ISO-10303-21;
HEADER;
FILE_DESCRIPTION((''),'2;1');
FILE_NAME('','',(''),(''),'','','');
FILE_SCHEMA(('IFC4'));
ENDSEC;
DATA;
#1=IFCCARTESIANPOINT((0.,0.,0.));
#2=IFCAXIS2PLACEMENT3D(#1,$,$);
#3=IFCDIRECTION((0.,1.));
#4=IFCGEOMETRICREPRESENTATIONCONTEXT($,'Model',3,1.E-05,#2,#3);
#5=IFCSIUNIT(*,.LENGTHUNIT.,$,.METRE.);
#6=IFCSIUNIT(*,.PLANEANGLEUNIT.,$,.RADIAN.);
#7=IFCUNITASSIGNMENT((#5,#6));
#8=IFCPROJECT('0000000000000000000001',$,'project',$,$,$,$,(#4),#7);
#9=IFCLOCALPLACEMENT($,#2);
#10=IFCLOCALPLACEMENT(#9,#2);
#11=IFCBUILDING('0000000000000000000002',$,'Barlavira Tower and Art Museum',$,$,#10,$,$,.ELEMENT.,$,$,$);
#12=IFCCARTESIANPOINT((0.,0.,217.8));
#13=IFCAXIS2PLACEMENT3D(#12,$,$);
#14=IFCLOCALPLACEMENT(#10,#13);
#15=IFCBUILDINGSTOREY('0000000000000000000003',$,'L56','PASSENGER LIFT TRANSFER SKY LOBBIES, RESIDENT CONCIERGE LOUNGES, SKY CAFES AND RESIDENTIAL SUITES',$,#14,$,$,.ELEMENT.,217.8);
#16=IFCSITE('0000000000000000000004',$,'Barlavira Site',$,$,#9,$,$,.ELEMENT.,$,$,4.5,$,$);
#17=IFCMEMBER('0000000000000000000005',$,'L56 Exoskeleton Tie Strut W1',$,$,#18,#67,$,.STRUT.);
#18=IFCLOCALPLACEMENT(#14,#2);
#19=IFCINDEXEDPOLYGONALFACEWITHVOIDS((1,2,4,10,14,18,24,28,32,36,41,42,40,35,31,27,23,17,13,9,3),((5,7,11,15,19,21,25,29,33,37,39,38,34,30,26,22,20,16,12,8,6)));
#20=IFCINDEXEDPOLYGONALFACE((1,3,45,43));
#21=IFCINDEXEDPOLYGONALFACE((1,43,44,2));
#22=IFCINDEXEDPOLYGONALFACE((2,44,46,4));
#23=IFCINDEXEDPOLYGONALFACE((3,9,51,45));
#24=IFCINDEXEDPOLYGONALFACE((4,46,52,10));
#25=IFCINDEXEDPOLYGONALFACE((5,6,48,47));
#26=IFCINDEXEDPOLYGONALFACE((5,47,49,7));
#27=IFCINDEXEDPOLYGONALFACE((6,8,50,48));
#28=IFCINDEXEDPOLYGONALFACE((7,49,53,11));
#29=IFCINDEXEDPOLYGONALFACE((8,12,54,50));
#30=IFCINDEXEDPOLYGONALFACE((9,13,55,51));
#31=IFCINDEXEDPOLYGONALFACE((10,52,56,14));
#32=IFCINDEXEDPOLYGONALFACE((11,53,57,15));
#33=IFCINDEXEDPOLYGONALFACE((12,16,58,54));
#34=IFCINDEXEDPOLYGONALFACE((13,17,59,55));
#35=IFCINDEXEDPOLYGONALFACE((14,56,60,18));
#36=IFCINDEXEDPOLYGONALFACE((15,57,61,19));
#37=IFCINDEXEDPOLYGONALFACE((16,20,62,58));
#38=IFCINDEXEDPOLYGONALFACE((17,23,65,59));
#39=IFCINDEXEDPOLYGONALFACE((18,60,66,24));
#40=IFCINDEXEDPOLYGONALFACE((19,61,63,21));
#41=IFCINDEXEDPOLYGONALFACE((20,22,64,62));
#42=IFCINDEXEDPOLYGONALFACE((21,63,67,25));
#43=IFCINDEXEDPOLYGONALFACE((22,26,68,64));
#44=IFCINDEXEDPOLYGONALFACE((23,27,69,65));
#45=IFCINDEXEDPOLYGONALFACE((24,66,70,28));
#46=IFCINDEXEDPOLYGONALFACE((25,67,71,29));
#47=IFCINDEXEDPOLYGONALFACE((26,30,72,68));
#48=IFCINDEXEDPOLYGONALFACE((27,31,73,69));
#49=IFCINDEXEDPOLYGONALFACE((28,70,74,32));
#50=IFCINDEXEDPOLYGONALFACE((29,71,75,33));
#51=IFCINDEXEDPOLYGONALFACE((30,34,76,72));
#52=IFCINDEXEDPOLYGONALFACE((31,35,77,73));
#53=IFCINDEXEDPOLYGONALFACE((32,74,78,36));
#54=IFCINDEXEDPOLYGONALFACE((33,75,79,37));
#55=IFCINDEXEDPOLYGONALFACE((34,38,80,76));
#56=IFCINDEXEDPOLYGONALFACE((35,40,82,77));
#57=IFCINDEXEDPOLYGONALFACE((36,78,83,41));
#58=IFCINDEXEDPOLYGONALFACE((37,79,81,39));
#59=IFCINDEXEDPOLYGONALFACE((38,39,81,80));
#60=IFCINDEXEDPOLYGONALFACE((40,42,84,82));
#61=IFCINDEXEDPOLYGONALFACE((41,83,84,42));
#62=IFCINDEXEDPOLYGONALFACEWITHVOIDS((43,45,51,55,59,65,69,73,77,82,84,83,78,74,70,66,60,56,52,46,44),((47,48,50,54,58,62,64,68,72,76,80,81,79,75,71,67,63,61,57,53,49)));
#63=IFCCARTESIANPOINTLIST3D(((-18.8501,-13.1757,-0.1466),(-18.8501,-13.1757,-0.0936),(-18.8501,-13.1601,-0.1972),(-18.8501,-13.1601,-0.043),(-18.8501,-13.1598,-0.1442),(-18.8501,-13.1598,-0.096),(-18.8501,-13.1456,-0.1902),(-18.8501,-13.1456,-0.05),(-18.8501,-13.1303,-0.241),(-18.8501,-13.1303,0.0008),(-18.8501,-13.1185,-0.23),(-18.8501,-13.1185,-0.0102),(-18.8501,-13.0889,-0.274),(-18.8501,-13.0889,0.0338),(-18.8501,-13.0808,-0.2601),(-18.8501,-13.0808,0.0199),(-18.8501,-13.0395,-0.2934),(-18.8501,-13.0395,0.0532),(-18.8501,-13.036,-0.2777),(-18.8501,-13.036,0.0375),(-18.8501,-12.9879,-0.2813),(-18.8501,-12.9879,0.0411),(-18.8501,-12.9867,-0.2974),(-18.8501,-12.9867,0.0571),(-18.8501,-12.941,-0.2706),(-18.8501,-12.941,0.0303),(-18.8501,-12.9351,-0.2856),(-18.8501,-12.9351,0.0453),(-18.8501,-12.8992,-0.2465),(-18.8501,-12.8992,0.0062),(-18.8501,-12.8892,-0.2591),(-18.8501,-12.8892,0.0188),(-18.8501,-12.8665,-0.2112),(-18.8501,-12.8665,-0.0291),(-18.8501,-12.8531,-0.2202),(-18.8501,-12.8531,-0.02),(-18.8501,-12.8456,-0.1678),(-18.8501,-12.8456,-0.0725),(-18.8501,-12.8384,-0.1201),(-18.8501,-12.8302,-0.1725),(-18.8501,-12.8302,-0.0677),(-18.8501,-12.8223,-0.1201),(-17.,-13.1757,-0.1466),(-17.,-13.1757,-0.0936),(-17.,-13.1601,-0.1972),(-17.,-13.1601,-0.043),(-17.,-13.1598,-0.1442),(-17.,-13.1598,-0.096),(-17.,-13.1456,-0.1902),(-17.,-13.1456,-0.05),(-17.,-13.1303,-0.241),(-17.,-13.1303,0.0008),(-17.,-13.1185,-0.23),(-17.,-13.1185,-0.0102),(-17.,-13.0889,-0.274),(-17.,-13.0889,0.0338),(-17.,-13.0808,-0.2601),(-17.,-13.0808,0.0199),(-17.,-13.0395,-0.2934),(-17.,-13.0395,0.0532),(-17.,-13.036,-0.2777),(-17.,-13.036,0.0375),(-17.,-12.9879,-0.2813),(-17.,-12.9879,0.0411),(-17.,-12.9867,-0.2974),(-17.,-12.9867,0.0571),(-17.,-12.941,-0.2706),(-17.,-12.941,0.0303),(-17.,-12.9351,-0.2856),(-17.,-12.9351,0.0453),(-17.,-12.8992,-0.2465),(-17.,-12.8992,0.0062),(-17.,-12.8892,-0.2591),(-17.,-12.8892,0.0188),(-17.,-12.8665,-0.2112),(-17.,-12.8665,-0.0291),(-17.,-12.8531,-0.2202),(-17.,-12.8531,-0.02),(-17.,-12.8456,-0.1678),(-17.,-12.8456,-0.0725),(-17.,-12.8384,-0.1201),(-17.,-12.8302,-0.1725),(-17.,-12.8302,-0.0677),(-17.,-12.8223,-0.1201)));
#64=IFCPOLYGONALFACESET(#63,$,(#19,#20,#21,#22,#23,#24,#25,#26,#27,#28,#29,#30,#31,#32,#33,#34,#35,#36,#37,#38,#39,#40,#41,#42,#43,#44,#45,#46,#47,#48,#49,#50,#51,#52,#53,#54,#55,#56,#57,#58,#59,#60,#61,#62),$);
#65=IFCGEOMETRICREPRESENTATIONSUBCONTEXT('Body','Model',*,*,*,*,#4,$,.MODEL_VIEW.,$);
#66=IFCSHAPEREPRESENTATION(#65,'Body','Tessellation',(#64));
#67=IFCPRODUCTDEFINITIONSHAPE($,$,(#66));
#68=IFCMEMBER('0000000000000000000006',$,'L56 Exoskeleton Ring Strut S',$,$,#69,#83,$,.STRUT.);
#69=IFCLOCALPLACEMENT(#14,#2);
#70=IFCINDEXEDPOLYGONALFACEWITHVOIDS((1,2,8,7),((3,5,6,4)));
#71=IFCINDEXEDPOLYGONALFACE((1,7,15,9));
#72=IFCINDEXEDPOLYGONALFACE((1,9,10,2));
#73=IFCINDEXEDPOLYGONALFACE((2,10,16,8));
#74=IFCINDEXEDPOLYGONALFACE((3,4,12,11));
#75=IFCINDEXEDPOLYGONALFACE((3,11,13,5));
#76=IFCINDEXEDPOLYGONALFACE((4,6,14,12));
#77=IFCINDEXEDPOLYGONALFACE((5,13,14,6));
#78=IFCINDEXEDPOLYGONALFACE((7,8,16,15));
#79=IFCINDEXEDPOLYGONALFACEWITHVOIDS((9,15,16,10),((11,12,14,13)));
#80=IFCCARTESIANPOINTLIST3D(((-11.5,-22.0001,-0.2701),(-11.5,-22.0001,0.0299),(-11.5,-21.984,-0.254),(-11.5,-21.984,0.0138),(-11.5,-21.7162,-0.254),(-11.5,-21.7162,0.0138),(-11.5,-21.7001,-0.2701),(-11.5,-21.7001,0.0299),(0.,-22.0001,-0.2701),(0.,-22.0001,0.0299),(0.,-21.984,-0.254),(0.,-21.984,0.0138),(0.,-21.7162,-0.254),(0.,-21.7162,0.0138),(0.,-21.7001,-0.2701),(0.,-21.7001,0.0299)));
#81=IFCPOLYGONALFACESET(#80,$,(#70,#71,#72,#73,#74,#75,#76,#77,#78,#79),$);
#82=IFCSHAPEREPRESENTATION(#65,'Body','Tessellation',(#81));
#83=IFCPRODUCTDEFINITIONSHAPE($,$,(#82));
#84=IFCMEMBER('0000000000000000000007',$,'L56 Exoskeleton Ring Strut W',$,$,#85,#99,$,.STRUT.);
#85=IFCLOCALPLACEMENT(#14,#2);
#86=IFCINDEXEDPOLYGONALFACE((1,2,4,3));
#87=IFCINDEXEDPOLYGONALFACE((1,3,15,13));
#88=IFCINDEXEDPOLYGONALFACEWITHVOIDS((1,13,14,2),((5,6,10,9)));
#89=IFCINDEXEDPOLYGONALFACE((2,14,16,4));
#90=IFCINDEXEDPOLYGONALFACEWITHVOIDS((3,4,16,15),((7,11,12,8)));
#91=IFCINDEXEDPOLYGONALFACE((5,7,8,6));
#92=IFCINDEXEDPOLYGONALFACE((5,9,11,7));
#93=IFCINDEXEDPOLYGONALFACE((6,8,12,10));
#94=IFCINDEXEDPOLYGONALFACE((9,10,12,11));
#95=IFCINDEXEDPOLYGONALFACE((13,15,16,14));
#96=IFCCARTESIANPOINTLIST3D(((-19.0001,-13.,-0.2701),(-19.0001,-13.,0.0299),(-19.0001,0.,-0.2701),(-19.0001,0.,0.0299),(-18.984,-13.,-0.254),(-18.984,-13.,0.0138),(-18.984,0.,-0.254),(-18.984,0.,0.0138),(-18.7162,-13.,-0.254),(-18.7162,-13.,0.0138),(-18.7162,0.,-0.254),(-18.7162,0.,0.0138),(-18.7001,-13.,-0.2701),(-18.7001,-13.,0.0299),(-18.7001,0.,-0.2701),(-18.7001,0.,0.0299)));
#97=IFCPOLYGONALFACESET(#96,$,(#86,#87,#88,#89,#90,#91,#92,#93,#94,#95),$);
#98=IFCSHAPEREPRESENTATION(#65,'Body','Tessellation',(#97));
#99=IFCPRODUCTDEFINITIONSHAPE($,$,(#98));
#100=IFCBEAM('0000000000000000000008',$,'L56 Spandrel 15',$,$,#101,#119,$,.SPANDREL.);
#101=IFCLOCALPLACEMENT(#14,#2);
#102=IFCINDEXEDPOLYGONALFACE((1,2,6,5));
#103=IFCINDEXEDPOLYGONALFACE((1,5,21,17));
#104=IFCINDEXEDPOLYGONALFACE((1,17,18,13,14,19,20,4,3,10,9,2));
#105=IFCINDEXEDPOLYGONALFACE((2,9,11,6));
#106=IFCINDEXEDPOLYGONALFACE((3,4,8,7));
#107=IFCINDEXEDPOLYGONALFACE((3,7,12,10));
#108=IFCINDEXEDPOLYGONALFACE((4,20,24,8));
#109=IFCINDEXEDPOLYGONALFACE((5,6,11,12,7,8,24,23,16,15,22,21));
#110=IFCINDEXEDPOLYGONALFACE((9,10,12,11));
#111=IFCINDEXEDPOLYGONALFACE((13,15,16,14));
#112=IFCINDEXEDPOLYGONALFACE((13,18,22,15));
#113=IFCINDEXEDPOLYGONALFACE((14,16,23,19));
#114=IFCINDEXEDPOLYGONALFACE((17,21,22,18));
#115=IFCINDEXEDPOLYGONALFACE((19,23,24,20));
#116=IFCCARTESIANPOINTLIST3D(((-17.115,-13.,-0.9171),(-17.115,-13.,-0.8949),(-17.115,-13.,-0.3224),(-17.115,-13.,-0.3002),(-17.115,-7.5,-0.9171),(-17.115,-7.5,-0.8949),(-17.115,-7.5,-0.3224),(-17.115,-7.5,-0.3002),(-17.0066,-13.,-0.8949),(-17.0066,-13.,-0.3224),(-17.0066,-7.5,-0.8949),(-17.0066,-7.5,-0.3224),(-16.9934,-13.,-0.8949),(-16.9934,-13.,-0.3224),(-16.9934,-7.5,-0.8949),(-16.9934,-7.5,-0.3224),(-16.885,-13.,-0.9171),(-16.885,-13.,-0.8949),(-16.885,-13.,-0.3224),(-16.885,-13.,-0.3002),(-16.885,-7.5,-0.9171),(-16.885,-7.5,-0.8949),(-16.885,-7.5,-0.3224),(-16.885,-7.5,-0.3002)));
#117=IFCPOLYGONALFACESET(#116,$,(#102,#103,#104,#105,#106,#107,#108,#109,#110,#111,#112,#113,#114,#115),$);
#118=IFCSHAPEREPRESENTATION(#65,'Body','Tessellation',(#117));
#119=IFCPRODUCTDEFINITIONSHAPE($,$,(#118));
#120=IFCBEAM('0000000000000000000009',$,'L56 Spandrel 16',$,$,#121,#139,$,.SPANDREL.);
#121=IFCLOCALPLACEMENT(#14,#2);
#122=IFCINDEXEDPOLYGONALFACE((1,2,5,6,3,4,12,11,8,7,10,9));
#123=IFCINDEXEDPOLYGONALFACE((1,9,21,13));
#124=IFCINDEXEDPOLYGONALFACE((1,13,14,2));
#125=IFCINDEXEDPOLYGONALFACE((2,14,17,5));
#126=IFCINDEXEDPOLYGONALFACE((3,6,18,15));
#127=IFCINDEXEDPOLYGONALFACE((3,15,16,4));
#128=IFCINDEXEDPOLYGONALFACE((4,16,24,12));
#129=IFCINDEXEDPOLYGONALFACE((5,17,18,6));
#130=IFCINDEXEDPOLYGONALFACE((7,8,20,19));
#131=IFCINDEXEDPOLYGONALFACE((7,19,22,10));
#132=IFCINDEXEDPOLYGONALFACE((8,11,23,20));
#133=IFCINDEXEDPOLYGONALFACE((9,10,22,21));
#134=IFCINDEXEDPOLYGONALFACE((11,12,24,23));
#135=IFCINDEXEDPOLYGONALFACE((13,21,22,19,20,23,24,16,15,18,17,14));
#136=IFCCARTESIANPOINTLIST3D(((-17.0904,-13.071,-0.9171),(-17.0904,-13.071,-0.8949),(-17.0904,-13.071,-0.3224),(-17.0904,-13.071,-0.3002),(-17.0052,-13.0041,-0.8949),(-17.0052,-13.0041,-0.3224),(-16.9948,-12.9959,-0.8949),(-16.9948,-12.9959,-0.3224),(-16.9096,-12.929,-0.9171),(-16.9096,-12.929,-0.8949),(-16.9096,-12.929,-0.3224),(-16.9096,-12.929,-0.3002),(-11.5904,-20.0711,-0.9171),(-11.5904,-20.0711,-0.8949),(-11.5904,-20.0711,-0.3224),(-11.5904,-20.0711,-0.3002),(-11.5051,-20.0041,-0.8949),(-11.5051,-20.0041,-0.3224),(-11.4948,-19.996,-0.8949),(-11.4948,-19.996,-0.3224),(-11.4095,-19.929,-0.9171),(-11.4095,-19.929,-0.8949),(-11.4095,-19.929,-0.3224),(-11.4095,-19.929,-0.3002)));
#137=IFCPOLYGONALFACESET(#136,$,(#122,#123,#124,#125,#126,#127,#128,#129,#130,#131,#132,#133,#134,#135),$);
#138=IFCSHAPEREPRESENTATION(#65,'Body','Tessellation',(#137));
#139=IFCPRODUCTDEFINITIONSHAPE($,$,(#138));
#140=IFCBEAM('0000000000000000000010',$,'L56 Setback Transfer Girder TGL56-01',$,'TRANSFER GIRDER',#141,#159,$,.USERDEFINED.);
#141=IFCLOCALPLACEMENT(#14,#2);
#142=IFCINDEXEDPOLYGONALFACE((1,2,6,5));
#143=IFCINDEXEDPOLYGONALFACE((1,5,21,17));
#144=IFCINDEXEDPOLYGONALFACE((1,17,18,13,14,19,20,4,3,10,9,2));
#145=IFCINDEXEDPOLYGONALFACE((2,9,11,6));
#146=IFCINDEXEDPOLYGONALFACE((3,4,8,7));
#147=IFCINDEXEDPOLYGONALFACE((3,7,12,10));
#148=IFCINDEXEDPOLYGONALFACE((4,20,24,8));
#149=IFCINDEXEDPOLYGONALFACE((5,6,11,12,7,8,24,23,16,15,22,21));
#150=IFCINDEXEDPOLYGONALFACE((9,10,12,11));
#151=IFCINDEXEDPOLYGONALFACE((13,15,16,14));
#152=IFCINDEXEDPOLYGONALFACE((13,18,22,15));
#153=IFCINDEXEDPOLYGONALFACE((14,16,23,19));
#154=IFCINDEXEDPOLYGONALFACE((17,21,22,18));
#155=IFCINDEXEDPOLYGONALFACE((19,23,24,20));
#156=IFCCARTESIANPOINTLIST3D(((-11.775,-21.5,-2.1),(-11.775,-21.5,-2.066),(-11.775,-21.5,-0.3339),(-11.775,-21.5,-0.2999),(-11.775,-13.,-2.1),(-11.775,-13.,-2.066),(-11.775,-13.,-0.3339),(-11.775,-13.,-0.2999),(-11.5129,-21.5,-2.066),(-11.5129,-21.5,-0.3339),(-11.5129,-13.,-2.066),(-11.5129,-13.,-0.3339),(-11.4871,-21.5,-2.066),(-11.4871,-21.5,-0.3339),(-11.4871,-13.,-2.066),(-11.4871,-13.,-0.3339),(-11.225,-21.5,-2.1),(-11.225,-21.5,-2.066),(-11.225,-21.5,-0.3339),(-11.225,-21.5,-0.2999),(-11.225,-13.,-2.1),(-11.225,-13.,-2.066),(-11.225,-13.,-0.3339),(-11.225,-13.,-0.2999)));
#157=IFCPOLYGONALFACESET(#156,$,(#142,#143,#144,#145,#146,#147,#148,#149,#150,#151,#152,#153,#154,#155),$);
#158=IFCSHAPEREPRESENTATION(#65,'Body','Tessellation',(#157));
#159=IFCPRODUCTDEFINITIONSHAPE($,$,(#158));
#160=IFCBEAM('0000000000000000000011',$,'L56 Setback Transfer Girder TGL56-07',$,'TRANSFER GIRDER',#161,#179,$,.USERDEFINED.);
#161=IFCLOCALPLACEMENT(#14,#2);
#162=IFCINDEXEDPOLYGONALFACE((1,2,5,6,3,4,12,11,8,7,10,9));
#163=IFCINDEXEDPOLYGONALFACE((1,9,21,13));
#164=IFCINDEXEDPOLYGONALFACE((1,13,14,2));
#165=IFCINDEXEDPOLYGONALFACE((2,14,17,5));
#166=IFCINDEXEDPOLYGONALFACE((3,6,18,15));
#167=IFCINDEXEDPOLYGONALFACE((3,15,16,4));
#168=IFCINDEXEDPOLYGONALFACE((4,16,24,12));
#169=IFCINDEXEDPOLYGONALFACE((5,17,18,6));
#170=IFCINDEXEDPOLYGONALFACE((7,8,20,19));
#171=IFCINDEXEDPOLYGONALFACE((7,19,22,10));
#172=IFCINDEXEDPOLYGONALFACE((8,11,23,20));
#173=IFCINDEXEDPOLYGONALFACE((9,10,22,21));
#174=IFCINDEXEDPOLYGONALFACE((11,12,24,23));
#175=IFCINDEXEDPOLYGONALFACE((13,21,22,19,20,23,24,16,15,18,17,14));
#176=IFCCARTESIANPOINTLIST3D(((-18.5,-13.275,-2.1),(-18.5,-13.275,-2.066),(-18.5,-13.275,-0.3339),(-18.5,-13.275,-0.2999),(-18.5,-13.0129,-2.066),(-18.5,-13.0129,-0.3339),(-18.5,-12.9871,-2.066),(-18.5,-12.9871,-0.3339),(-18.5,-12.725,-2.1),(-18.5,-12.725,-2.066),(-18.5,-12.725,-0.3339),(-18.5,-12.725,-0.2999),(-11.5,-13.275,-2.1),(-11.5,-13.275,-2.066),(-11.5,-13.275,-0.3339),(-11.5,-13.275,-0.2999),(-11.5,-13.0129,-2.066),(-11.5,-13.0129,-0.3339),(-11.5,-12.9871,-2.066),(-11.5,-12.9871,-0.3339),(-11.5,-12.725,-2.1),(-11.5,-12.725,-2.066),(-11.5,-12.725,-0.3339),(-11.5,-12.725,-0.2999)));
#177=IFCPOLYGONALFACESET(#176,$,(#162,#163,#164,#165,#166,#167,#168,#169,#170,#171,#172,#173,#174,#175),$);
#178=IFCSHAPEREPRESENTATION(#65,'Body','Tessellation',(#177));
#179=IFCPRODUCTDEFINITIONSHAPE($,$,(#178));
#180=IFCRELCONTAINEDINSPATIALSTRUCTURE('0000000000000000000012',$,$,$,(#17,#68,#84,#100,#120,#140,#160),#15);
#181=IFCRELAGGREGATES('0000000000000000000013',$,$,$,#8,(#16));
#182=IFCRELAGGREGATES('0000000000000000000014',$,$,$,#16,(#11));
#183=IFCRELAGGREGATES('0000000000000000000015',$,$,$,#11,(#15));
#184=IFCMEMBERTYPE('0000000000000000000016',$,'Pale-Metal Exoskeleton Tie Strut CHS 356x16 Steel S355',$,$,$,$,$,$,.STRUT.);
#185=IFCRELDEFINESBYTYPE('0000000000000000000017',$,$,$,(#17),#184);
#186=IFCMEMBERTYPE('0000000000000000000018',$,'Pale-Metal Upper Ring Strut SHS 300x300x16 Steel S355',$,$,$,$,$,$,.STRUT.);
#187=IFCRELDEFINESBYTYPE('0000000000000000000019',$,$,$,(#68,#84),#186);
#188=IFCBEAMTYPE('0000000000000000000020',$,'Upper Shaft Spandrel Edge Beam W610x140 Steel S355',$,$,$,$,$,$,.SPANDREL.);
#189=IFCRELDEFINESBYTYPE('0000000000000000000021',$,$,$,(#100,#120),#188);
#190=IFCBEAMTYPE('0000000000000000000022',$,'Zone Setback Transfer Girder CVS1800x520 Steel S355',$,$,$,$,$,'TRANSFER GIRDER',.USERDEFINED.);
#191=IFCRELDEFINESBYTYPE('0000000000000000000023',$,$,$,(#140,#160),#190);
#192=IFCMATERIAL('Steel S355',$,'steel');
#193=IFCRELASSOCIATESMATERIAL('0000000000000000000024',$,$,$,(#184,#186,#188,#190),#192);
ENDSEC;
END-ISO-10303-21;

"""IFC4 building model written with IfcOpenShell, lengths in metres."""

from ifc_helpers import new_model, si_unit, direction, frame, origin, origin_2d, place, context, subcontext, project, spatial, hollow_rectangle, hollow_circle, i_section, extrude, material, material_profile, profile_set, type_object, element, save


model = new_model("IFC4")

# Units and contexts
model_context = context("Model", 3, precision=1e-05, world=origin(), true_north=direction((0.0, 1.0)))
body_context = subcontext(model_context, "Body", "Model", "MODEL_VIEW")
ifc_project = project(units=[si_unit("LENGTHUNIT", "METRE"), si_unit("PLANEANGLEUNIT", "RADIAN")], contexts=[model_context])

# Site, building, storey
site_placement = place(None, origin())
site = spatial("IfcSite", under=ifc_project, at=site_placement, Name="Barlavira Site", CompositionType="ELEMENT", RefElevation=4.5)
building_placement = place(site_placement, origin())
building = spatial("IfcBuilding", under=site, at=building_placement, Name="Barlavira Tower and Art Museum", CompositionType="ELEMENT")
storey_placement = place(building_placement, frame((0.0, 0.0, 217.8)))
storey = spatial("IfcBuildingStorey", under=building, at=storey_placement, Name="L56", Description="PASSENGER LIFT TRANSFER SKY LOBBIES, RESIDENT CONCIERGE LOUNGES, SKY CAFES AND RESIDENTIAL SUITES", CompositionType="ELEMENT", Elevation=217.8)

# Members
ifc_material_1 = material(Name="Steel S355", Category="steel")
ifc_material_profile_1 = material_profile(ifc_material_1, hollow_circle(Radius=0.1777, WallThickness=0.0161, at=origin_2d()), Name="CHS 355.6x16.0")
ifc_profile_set_1 = profile_set([ifc_material_profile_1], Name="Steel S355")
member_type_1 = type_object("IfcMemberType", Name="Pale-Metal Exoskeleton Tie Strut CHS 356x16 Steel S355", PredefinedType="STRUT", material=ifc_profile_set_1)
for number, where, z_axis, x_axis, name in (
    (1, (-18.8501, -13.0, -0.1201), (1.0, 0.0, 0.0), (0.0, 1.0, 0.0), "L56 Exoskeleton Tie Strut W1"),
):
    element("IfcMember", number, at=place(storey_placement, frame(where, z_axis=z_axis, x_axis=x_axis)), inside=storey, type_object=member_type_1, Name=name, PredefinedType="STRUT", context=body_context, shape_type="SweptSolid", body=[
        extrude(hollow_circle(Radius=0.1777, WallThickness=0.0161, at=origin_2d()), origin(), (0.0, 0.0, 1.0), 1.8501),
    ])
ifc_material_profile_2 = material_profile(ifc_material_1, hollow_rectangle(XDim=0.3, YDim=0.3, WallThickness=0.0161, at=origin_2d()), Name="SHS 300x300x16.0")
ifc_profile_set_2 = profile_set([ifc_material_profile_2], Name="Steel S355")
member_type_2 = type_object("IfcMemberType", Name="Pale-Metal Upper Ring Strut SHS 300x300x16 Steel S355", PredefinedType="STRUT", material=ifc_profile_set_2)
member_1_placement = place(storey_placement, frame((-11.5, -21.8501, -0.1201), z_axis=(1.0, 0.0, 0.0), x_axis=(0.0, 1.0, 0.0)))
element("IfcMember", 2, at=member_1_placement, inside=storey, type_object=member_type_2, Name="L56 Exoskeleton Ring Strut S", PredefinedType="STRUT", context=body_context, shape_type="SweptSolid", body=[
    extrude(hollow_rectangle(XDim=0.3, YDim=0.3, WallThickness=0.0161, at=origin_2d()), origin(), (0.0, 0.0, 1.0), 11.5),
])
member_2_placement = place(storey_placement, frame((-18.8501, -13.0, -0.1201), z_axis=(0.0, 1.0, 0.0), x_axis=(-1.0, 0.0, 0.0)))
element("IfcMember", 3, at=member_2_placement, inside=storey, type_object=member_type_2, Name="L56 Exoskeleton Ring Strut W", PredefinedType="STRUT", context=body_context, shape_type="SweptSolid", body=[
    extrude(hollow_rectangle(XDim=0.3, YDim=0.3, WallThickness=0.0161, at=origin_2d()), origin(), (0.0, 0.0, 1.0), 13.0),
])

# Beams
ifc_material_profile_3 = material_profile(ifc_material_1, i_section(OverallWidth=0.23, OverallDepth=0.6169, WebThickness=0.0132, FlangeThickness=0.0222, at=origin_2d()), Name="W610x140.0")
ifc_profile_set_3 = profile_set([ifc_material_profile_3], Name="Steel S355")
beam_type_1 = type_object("IfcBeamType", Name="Upper Shaft Spandrel Edge Beam W610x140 Steel S355", PredefinedType="SPANDREL", material=ifc_profile_set_3)
beam_1_placement = place(storey_placement, frame((-17.0, -13.0, -0.6086), z_axis=(0.0, 1.0, 0.0), x_axis=(-1.0, 0.0, 0.0)))
element("IfcBeam", 4, at=beam_1_placement, inside=storey, type_object=beam_type_1, Name="L56 Spandrel 15", PredefinedType="SPANDREL", context=body_context, shape_type="SweptSolid", body=[
    extrude(i_section(OverallWidth=0.23, OverallDepth=0.6169, WebThickness=0.0132, FlangeThickness=0.0222, at=origin_2d()), origin(), (0.0, 0.0, 1.0), 5.5),
])
beam_2_placement = place(storey_placement, frame((-17.0, -13.0, -0.6086), z_axis=(0.617822, -0.786318, 0.0), x_axis=(0.786318, 0.617822, 0.0)))
element("IfcBeam", 5, at=beam_2_placement, inside=storey, type_object=beam_type_1, Name="L56 Spandrel 16", PredefinedType="SPANDREL", context=body_context, shape_type="SweptSolid", body=[
    extrude(i_section(OverallWidth=0.23, OverallDepth=0.6169, WebThickness=0.0132, FlangeThickness=0.0222, at=origin_2d()), origin(), (0.0, 0.0, 1.0), 8.9023),
])
ifc_material_profile_4 = material_profile(ifc_material_1, i_section(OverallWidth=0.55, OverallDepth=1.8, WebThickness=0.0259, FlangeThickness=0.0339, at=origin_2d()), Name="CVS1800x520")
ifc_profile_set_4 = profile_set([ifc_material_profile_4], Name="Steel S355")
beam_type_2 = type_object("IfcBeamType", Name="Zone Setback Transfer Girder CVS1800x520 Steel S355", ElementType="TRANSFER GIRDER", PredefinedType="USERDEFINED", material=ifc_profile_set_4)
beam_3_placement = place(storey_placement, frame((-11.5, -21.5, -1.2), z_axis=(0.0, 1.0, 0.0), x_axis=(-1.0, 0.0, 0.0)))
element("IfcBeam", 6, at=beam_3_placement, inside=storey, type_object=beam_type_2, Name="L56 Setback Transfer Girder TGL56-01", ObjectType="TRANSFER GIRDER", PredefinedType="USERDEFINED", context=body_context, shape_type="SweptSolid", body=[
    extrude(i_section(OverallWidth=0.55, OverallDepth=1.8, WebThickness=0.0259, FlangeThickness=0.0339, at=origin_2d()), origin(), (0.0, 0.0, 1.0), 8.5),
])
beam_4_placement = place(storey_placement, frame((-18.5, -13.0, -1.2), z_axis=(1.0, 0.0, 0.0), x_axis=(0.0, 1.0, 0.0)))
element("IfcBeam", 7, at=beam_4_placement, inside=storey, type_object=beam_type_2, Name="L56 Setback Transfer Girder TGL56-07", ObjectType="TRANSFER GIRDER", PredefinedType="USERDEFINED", context=body_context, shape_type="SweptSolid", body=[
    extrude(i_section(OverallWidth=0.55, OverallDepth=1.8, WebThickness=0.0259, FlangeThickness=0.0339, at=origin_2d()), origin(), (0.0, 0.0, 1.0), 7.0),
])

save(model, "model.ifc")
